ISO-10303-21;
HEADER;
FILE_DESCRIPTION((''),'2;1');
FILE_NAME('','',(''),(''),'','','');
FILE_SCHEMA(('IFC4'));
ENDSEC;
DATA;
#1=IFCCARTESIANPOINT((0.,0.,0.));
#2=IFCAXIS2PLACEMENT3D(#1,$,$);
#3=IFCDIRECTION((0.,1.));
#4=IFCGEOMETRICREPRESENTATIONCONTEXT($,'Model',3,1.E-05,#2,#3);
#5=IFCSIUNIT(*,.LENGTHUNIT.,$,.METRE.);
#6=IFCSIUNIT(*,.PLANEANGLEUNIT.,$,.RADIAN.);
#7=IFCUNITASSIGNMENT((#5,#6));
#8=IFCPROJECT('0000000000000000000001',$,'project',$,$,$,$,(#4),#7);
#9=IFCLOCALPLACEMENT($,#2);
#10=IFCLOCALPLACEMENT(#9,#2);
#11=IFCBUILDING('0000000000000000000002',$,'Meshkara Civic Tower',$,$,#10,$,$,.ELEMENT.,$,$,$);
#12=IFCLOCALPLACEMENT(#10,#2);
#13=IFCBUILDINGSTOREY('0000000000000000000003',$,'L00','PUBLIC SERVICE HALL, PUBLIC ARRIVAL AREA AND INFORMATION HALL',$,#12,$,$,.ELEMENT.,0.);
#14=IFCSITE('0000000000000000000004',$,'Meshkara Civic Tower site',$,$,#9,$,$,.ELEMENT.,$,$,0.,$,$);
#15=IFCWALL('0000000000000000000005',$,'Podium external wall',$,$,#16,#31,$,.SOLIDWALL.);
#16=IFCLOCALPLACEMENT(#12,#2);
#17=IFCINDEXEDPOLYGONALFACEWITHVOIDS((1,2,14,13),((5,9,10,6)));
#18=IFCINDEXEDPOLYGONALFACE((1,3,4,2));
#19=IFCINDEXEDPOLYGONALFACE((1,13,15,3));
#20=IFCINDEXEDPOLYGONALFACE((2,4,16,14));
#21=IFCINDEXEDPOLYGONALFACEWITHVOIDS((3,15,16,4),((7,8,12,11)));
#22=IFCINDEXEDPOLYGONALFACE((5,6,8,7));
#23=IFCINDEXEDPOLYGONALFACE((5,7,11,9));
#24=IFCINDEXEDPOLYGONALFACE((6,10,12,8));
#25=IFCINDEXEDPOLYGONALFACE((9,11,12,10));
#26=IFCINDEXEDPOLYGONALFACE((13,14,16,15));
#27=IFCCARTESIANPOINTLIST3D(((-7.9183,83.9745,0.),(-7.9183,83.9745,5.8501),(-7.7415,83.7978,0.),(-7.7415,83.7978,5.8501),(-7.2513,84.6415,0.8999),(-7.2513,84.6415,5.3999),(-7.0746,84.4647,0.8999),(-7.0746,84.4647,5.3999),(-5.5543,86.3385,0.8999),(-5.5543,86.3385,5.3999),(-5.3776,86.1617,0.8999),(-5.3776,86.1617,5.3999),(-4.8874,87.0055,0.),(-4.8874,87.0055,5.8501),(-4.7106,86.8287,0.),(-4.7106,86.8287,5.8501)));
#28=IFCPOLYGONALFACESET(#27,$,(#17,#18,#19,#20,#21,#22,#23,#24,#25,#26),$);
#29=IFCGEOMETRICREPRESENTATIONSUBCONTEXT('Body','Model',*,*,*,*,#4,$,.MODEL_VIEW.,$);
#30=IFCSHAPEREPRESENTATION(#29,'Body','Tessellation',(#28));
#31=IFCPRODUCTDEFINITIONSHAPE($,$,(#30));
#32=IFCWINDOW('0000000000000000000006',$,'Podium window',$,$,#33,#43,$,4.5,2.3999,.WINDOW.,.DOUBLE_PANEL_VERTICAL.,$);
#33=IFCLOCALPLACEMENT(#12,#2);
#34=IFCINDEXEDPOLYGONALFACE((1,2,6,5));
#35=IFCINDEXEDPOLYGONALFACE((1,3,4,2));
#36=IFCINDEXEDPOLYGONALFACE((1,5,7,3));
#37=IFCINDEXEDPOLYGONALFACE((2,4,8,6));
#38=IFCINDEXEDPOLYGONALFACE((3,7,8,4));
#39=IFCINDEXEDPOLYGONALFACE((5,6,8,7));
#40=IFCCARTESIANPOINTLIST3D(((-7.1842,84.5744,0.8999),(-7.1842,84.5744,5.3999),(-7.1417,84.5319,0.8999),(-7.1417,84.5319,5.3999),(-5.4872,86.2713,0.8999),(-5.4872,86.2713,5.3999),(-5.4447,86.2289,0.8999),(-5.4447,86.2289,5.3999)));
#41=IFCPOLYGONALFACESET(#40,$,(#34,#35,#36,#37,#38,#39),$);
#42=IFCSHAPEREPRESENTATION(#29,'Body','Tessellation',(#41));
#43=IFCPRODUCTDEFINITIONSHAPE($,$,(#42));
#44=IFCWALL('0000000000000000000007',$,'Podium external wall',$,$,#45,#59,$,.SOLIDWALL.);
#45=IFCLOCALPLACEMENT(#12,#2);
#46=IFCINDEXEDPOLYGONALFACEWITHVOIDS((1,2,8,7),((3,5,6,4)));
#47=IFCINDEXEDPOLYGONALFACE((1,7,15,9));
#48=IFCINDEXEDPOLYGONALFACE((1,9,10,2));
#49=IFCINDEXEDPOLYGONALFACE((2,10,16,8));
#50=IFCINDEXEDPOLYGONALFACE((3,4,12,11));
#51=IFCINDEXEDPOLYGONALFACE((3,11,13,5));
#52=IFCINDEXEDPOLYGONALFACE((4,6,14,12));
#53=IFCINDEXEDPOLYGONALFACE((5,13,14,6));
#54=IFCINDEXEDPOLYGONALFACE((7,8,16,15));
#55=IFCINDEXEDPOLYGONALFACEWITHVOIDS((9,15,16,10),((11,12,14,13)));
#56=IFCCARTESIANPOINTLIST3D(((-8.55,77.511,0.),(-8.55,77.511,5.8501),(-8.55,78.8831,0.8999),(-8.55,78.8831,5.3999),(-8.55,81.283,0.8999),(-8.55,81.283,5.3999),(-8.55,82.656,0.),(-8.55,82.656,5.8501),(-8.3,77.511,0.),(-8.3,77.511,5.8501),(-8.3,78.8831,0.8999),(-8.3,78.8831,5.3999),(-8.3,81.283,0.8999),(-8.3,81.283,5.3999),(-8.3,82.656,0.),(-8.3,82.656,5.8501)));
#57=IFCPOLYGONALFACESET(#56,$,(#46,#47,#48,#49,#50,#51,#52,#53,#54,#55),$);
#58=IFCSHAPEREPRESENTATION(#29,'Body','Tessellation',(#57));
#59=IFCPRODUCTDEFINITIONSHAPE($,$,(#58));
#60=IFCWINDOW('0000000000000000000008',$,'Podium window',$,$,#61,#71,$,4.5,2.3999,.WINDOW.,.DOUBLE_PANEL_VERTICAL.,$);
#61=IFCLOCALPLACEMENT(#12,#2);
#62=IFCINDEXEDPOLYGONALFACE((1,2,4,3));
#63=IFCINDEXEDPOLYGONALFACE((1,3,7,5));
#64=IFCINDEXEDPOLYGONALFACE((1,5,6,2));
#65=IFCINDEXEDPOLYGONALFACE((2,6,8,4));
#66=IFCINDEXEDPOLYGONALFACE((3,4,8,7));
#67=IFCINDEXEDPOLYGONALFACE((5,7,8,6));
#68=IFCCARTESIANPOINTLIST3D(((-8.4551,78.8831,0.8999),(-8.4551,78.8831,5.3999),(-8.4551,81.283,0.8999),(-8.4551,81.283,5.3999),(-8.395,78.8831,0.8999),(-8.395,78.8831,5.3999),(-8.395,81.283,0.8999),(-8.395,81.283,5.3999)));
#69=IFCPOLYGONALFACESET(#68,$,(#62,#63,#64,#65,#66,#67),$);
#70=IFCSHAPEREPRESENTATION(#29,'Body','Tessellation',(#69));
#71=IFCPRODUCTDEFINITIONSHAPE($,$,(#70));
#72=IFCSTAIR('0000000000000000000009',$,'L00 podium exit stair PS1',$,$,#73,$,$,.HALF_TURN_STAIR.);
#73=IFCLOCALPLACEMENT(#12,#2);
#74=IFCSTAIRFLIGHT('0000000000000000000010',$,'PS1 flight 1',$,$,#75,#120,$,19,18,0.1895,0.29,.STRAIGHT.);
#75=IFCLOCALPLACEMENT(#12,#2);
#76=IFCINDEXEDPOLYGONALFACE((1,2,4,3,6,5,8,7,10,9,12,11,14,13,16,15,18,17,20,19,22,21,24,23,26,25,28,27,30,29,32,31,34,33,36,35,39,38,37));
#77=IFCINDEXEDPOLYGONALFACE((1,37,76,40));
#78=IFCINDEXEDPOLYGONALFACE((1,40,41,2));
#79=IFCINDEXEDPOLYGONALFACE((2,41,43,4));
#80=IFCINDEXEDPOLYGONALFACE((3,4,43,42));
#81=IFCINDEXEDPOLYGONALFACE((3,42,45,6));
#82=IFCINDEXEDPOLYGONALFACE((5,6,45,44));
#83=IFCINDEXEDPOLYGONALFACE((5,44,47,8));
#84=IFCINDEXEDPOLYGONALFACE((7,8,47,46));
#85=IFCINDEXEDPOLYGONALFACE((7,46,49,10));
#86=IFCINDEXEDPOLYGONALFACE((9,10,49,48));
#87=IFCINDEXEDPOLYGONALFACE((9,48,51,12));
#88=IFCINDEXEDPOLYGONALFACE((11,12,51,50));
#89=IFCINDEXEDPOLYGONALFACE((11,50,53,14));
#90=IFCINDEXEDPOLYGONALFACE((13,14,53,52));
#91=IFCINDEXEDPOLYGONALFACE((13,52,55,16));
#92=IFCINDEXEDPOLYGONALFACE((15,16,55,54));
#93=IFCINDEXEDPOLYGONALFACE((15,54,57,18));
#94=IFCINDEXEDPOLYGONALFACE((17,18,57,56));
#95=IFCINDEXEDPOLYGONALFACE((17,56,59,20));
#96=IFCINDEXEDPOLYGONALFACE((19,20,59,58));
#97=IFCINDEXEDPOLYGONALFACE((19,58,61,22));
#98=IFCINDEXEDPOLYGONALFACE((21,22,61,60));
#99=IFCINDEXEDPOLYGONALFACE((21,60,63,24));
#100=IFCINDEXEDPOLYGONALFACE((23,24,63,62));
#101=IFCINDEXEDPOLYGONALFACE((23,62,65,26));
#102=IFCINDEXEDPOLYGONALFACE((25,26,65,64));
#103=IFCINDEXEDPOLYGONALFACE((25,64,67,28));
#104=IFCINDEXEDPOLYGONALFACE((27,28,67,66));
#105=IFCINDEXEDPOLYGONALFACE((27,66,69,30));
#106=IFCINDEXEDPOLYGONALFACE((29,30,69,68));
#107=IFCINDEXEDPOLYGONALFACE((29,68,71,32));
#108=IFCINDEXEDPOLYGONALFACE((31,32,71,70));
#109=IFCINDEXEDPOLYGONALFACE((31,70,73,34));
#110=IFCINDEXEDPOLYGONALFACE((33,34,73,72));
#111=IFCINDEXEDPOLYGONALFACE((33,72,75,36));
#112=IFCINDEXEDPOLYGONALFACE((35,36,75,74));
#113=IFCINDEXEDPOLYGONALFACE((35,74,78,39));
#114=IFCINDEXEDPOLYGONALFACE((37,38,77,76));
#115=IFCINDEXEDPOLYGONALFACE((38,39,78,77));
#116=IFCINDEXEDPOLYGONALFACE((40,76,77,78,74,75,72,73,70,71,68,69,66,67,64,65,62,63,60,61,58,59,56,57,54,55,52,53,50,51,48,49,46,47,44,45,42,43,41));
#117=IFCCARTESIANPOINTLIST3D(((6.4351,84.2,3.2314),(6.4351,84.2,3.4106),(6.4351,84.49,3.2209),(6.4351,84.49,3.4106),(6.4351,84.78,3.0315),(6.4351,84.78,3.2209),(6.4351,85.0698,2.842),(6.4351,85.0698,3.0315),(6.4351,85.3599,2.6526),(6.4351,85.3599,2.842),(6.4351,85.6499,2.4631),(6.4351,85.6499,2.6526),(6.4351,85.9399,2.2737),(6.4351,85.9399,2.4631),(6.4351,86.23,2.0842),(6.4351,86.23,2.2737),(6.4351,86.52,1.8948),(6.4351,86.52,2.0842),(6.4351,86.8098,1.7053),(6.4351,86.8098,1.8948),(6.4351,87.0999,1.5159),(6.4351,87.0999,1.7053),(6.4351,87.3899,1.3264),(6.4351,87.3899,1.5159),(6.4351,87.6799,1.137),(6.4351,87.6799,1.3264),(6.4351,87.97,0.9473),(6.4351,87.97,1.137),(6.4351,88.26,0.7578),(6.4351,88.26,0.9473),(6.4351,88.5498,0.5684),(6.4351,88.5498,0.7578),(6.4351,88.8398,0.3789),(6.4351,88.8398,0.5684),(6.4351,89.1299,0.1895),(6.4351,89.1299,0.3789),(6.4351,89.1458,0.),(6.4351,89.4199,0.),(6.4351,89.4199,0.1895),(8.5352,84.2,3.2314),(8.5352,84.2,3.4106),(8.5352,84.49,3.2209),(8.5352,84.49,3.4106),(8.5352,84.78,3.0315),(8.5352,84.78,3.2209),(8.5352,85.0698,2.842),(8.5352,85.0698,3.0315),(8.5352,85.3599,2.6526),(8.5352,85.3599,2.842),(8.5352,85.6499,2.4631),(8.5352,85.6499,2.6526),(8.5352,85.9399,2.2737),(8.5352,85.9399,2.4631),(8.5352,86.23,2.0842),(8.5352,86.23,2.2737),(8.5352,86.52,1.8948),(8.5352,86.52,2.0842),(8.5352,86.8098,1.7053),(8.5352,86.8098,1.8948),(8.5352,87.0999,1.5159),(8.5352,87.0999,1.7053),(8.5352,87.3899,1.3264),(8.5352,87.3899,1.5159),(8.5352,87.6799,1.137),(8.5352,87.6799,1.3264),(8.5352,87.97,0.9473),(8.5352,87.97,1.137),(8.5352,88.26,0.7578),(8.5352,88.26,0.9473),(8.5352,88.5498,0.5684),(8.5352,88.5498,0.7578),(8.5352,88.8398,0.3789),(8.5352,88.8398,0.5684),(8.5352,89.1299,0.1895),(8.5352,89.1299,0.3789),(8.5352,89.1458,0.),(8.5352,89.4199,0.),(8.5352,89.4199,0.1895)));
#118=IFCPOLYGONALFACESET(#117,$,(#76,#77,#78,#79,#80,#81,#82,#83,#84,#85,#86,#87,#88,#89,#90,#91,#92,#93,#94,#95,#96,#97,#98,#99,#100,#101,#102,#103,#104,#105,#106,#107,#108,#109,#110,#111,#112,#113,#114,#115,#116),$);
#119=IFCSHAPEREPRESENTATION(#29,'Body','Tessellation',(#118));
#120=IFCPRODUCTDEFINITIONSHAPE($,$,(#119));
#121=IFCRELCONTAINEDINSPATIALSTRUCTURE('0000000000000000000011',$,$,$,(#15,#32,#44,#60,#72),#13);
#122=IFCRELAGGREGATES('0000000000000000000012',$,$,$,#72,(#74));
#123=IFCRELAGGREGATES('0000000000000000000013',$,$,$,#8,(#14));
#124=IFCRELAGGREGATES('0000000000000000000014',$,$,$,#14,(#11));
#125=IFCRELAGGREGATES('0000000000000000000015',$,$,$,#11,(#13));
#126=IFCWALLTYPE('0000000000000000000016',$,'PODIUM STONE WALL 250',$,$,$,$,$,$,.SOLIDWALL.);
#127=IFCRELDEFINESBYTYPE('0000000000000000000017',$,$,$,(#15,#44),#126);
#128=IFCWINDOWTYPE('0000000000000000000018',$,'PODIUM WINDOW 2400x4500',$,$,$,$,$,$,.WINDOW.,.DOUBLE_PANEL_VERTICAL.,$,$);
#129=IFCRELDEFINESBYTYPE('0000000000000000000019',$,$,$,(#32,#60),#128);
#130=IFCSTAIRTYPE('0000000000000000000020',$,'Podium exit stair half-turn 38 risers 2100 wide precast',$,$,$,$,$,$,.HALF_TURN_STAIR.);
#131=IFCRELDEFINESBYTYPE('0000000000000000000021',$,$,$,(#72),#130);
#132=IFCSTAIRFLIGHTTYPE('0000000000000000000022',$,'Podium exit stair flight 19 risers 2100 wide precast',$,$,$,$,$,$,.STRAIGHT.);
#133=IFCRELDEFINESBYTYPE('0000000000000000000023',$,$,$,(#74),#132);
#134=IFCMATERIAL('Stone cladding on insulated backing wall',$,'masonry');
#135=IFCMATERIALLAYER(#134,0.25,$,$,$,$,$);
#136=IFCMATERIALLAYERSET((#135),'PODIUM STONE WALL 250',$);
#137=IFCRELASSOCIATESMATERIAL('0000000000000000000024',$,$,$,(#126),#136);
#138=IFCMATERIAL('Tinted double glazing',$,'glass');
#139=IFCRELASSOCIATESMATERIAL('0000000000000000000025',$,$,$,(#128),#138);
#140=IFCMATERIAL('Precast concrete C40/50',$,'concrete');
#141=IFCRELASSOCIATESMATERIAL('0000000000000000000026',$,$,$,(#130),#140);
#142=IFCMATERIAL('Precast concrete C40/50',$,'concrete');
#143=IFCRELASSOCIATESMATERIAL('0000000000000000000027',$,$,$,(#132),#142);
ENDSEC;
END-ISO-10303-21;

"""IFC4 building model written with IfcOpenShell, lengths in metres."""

from ifc_helpers import new_model, si_unit, direction, frame, frame_2d, origin, place, context, subcontext, project, spatial, polyline, rectangle, outline, extrude, material, layer, layer_set, type_object, element, fill, aggregate, save


model = new_model("IFC4")

# Units and contexts
model_context = context("Model", 3, precision=1e-05, world=origin(), true_north=direction((0.0, 1.0)))
body_context = subcontext(model_context, "Body", "Model", "MODEL_VIEW")
ifc_project = project(units=[si_unit("LENGTHUNIT", "METRE"), si_unit("PLANEANGLEUNIT", "RADIAN")], contexts=[model_context])

# Site, building, storey
site_placement = place(None, origin())
site = spatial("IfcSite", under=ifc_project, at=site_placement, Name="Meshkara Civic Tower site", CompositionType="ELEMENT", RefElevation=0.0)
building_placement = place(site_placement, origin())
building = spatial("IfcBuilding", under=site, at=building_placement, Name="Meshkara Civic Tower", CompositionType="ELEMENT")
storey_placement = place(building_placement, origin())
storey = spatial("IfcBuildingStorey", under=building, at=storey_placement, Name="L00", Description="PUBLIC SERVICE HALL, PUBLIC ARRIVAL AREA AND INFORMATION HALL", CompositionType="ELEMENT", Elevation=0.0)

# Shared definitions
ifc_material_1 = material(Name="Stone cladding on insulated backing wall", Category="masonry")
ifc_layer_1 = layer(ifc_material_1, 0.25)
ifc_layer_set_1 = layer_set([ifc_layer_1], Name="PODIUM STONE WALL 250")
wall_type_1 = type_object("IfcWallType", Name="PODIUM STONE WALL 250", PredefinedType="SOLIDWALL", material=ifc_layer_set_1)

# Walls, openings, windows
ifc_material_2 = material(Name="Tinted double glazing", Category="glass")
window_type = type_object("IfcWindowType", Name="PODIUM WINDOW 2400x4500", PartitioningType="DOUBLE_PANEL_VERTICAL", PredefinedType="WINDOW", material=ifc_material_2)
wall_1_placement = place(storey_placement, frame((-4.7991, 86.917, 0.0), z_axis=(0.0, 0.0, 1.0), x_axis=(-0.707107, -0.707107, 0.0)))
wall_1 = element("IfcWall", 1, at=wall_1_placement, inside=storey, type_object=wall_type_1, Name="Podium external wall", PredefinedType="SOLIDWALL", context=body_context, shape_type="SweptSolid", body=[
    extrude(rectangle(XDim=4.2864, YDim=0.25, at=frame_2d((2.1431, 0.0))), origin(), (0.0, 0.0, 1.0), 5.8501),
])
opening_1_placement = place(wall_1_placement, frame((0.9431, 0.0, 0.8999)))
opening_1 = element("IfcOpeningElement", 2, at=opening_1_placement, cuts=wall_1, PredefinedType="OPENING", context=body_context, shape_type="SweptSolid", body=[
    extrude(rectangle(XDim=2.3999, YDim=4.5, at=frame_2d((1.2, 2.25))), frame((0.0, 0.135, 0.0), z_axis=(0.0, -1.0, 0.0), x_axis=(1.0, 0.0, 0.0)), (0.0, 0.0, 1.0), 0.27),
])
window_1_placement = place(opening_1_placement, origin())
window_1 = element("IfcWindow", 3, at=window_1_placement, inside=storey, type_object=window_type, Name="Podium window", OverallHeight=4.5, OverallWidth=2.3999, PartitioningType="DOUBLE_PANEL_VERTICAL", PredefinedType="WINDOW", context=body_context, shape_type="SweptSolid", body=[
    extrude(rectangle(XDim=2.3999, YDim=4.5, at=frame_2d((1.2, 2.25))), frame((0.0, 0.03, 0.0), z_axis=(0.0, -1.0, 0.0), x_axis=(1.0, 0.0, 0.0)), (0.0, 0.0, 1.0), 0.0601),
])
fill(opening_1, window_1)
wall_2_placement = place(storey_placement, frame((-8.425, 82.656, 0.0), z_axis=(0.0, 0.0, 1.0), x_axis=(0.0, -1.0, 0.0)))
wall_2 = element("IfcWall", 4, at=wall_2_placement, inside=storey, type_object=wall_type_1, Name="Podium external wall", PredefinedType="SOLIDWALL", context=body_context, shape_type="SweptSolid", body=[
    extrude(rectangle(XDim=5.145, YDim=0.25, at=frame_2d((2.5725, 0.0))), origin(), (0.0, 0.0, 1.0), 5.8501),
])
opening_2_placement = place(wall_2_placement, frame((1.373, 0.0, 0.8999)))
opening_2 = element("IfcOpeningElement", 5, at=opening_2_placement, cuts=wall_2, PredefinedType="OPENING", context=body_context, shape_type="SweptSolid", body=[
    extrude(rectangle(XDim=2.3999, YDim=4.5, at=frame_2d((1.2, 2.25))), frame((0.0, 0.135, 0.0), z_axis=(0.0, -1.0, 0.0), x_axis=(1.0, 0.0, 0.0)), (0.0, 0.0, 1.0), 0.27),
])
window_2_placement = place(opening_2_placement, origin())
window_2 = element("IfcWindow", 6, at=window_2_placement, inside=storey, type_object=window_type, Name="Podium window", OverallHeight=4.5, OverallWidth=2.3999, PartitioningType="DOUBLE_PANEL_VERTICAL", PredefinedType="WINDOW", context=body_context, shape_type="SweptSolid", body=[
    extrude(rectangle(XDim=2.3999, YDim=4.5, at=frame_2d((1.2, 2.25))), frame((0.0, 0.03, 0.0), z_axis=(0.0, -1.0, 0.0), x_axis=(1.0, 0.0, 0.0)), (0.0, 0.0, 1.0), 0.0601),
])
fill(opening_2, window_2)

# Stair, stair flight
ifc_material_3 = material(Name="Precast concrete C40/50", Category="concrete")
stair_type = type_object("IfcStairType", Name="Podium exit stair half-turn 38 risers 2100 wide precast", PredefinedType="HALF_TURN_STAIR", material=ifc_material_3)
stair_placement = place(storey_placement, origin())
stair = element("IfcStair", 7, at=stair_placement, inside=storey, type_object=stair_type, Name="L00 podium exit stair PS1", PredefinedType="HALF_TURN_STAIR")
ifc_material_4 = material(Name="Precast concrete C40/50", Category="concrete")
stair_flight_type = type_object("IfcStairFlightType", Name="Podium exit stair flight 19 risers 2100 wide precast", PredefinedType="STRAIGHT", material=ifc_material_4)
stair_flight_placement = place(storey_placement, frame((7.4851, 89.4199, 0.0), z_axis=(0.0, 0.0, 1.0), x_axis=(0.0, -1.0, 0.0)))
stair_flight = element("IfcStairFlight", 8, at=stair_flight_placement, type_object=stair_flight_type, Name="PS1 flight 1", NumberOfRisers=19, NumberOfTreads=18, PredefinedType="STRAIGHT", RiserHeight=0.1895, TreadLength=0.29, context=body_context, shape_type="SweptSolid", body=[
    extrude(outline(polyline([(0.0, 0.0), (0.0, 0.1895), (0.29, 0.1895), (0.29, 0.3789), (0.5801, 0.3789), (0.5801, 0.5684), (0.8701, 0.5684), (0.8701, 0.7578), (1.1599, 0.7578), (1.1599, 0.9473), (1.45, 0.9473), (1.45, 1.137), (1.74, 1.137), (1.74, 1.3264), (2.03, 1.3264), (2.03, 1.5159), (2.3201, 1.5159), (2.3201, 1.7053), (2.6101, 1.7053), (2.6101, 1.8948), (2.8999, 1.8948), (2.8999, 2.0842), (3.1899, 2.0842), (3.1899, 2.2737), (3.48, 2.2737), (3.48, 2.4631), (3.77, 2.4631), (3.77, 2.6526), (4.0601, 2.6526), (4.0601, 2.842), (4.3501, 2.842), (4.3501, 3.0315), (4.6399, 3.0315), (4.6399, 3.2209), (4.9299, 3.2209), (4.9299, 3.4106), (5.22, 3.4106), (5.22, 3.6001), (5.22, 3.2314), (0.2742, 0.0), (0.0, 0.0)])), frame((0.0, 1.05, 0.0), z_axis=(0.0, -1.0, 0.0), x_axis=(1.0, 0.0, 0.0)), (0.0, 0.0, 1.0), 2.1001),
])
aggregate(stair, [stair_flight])

save(model, "model.ifc")
